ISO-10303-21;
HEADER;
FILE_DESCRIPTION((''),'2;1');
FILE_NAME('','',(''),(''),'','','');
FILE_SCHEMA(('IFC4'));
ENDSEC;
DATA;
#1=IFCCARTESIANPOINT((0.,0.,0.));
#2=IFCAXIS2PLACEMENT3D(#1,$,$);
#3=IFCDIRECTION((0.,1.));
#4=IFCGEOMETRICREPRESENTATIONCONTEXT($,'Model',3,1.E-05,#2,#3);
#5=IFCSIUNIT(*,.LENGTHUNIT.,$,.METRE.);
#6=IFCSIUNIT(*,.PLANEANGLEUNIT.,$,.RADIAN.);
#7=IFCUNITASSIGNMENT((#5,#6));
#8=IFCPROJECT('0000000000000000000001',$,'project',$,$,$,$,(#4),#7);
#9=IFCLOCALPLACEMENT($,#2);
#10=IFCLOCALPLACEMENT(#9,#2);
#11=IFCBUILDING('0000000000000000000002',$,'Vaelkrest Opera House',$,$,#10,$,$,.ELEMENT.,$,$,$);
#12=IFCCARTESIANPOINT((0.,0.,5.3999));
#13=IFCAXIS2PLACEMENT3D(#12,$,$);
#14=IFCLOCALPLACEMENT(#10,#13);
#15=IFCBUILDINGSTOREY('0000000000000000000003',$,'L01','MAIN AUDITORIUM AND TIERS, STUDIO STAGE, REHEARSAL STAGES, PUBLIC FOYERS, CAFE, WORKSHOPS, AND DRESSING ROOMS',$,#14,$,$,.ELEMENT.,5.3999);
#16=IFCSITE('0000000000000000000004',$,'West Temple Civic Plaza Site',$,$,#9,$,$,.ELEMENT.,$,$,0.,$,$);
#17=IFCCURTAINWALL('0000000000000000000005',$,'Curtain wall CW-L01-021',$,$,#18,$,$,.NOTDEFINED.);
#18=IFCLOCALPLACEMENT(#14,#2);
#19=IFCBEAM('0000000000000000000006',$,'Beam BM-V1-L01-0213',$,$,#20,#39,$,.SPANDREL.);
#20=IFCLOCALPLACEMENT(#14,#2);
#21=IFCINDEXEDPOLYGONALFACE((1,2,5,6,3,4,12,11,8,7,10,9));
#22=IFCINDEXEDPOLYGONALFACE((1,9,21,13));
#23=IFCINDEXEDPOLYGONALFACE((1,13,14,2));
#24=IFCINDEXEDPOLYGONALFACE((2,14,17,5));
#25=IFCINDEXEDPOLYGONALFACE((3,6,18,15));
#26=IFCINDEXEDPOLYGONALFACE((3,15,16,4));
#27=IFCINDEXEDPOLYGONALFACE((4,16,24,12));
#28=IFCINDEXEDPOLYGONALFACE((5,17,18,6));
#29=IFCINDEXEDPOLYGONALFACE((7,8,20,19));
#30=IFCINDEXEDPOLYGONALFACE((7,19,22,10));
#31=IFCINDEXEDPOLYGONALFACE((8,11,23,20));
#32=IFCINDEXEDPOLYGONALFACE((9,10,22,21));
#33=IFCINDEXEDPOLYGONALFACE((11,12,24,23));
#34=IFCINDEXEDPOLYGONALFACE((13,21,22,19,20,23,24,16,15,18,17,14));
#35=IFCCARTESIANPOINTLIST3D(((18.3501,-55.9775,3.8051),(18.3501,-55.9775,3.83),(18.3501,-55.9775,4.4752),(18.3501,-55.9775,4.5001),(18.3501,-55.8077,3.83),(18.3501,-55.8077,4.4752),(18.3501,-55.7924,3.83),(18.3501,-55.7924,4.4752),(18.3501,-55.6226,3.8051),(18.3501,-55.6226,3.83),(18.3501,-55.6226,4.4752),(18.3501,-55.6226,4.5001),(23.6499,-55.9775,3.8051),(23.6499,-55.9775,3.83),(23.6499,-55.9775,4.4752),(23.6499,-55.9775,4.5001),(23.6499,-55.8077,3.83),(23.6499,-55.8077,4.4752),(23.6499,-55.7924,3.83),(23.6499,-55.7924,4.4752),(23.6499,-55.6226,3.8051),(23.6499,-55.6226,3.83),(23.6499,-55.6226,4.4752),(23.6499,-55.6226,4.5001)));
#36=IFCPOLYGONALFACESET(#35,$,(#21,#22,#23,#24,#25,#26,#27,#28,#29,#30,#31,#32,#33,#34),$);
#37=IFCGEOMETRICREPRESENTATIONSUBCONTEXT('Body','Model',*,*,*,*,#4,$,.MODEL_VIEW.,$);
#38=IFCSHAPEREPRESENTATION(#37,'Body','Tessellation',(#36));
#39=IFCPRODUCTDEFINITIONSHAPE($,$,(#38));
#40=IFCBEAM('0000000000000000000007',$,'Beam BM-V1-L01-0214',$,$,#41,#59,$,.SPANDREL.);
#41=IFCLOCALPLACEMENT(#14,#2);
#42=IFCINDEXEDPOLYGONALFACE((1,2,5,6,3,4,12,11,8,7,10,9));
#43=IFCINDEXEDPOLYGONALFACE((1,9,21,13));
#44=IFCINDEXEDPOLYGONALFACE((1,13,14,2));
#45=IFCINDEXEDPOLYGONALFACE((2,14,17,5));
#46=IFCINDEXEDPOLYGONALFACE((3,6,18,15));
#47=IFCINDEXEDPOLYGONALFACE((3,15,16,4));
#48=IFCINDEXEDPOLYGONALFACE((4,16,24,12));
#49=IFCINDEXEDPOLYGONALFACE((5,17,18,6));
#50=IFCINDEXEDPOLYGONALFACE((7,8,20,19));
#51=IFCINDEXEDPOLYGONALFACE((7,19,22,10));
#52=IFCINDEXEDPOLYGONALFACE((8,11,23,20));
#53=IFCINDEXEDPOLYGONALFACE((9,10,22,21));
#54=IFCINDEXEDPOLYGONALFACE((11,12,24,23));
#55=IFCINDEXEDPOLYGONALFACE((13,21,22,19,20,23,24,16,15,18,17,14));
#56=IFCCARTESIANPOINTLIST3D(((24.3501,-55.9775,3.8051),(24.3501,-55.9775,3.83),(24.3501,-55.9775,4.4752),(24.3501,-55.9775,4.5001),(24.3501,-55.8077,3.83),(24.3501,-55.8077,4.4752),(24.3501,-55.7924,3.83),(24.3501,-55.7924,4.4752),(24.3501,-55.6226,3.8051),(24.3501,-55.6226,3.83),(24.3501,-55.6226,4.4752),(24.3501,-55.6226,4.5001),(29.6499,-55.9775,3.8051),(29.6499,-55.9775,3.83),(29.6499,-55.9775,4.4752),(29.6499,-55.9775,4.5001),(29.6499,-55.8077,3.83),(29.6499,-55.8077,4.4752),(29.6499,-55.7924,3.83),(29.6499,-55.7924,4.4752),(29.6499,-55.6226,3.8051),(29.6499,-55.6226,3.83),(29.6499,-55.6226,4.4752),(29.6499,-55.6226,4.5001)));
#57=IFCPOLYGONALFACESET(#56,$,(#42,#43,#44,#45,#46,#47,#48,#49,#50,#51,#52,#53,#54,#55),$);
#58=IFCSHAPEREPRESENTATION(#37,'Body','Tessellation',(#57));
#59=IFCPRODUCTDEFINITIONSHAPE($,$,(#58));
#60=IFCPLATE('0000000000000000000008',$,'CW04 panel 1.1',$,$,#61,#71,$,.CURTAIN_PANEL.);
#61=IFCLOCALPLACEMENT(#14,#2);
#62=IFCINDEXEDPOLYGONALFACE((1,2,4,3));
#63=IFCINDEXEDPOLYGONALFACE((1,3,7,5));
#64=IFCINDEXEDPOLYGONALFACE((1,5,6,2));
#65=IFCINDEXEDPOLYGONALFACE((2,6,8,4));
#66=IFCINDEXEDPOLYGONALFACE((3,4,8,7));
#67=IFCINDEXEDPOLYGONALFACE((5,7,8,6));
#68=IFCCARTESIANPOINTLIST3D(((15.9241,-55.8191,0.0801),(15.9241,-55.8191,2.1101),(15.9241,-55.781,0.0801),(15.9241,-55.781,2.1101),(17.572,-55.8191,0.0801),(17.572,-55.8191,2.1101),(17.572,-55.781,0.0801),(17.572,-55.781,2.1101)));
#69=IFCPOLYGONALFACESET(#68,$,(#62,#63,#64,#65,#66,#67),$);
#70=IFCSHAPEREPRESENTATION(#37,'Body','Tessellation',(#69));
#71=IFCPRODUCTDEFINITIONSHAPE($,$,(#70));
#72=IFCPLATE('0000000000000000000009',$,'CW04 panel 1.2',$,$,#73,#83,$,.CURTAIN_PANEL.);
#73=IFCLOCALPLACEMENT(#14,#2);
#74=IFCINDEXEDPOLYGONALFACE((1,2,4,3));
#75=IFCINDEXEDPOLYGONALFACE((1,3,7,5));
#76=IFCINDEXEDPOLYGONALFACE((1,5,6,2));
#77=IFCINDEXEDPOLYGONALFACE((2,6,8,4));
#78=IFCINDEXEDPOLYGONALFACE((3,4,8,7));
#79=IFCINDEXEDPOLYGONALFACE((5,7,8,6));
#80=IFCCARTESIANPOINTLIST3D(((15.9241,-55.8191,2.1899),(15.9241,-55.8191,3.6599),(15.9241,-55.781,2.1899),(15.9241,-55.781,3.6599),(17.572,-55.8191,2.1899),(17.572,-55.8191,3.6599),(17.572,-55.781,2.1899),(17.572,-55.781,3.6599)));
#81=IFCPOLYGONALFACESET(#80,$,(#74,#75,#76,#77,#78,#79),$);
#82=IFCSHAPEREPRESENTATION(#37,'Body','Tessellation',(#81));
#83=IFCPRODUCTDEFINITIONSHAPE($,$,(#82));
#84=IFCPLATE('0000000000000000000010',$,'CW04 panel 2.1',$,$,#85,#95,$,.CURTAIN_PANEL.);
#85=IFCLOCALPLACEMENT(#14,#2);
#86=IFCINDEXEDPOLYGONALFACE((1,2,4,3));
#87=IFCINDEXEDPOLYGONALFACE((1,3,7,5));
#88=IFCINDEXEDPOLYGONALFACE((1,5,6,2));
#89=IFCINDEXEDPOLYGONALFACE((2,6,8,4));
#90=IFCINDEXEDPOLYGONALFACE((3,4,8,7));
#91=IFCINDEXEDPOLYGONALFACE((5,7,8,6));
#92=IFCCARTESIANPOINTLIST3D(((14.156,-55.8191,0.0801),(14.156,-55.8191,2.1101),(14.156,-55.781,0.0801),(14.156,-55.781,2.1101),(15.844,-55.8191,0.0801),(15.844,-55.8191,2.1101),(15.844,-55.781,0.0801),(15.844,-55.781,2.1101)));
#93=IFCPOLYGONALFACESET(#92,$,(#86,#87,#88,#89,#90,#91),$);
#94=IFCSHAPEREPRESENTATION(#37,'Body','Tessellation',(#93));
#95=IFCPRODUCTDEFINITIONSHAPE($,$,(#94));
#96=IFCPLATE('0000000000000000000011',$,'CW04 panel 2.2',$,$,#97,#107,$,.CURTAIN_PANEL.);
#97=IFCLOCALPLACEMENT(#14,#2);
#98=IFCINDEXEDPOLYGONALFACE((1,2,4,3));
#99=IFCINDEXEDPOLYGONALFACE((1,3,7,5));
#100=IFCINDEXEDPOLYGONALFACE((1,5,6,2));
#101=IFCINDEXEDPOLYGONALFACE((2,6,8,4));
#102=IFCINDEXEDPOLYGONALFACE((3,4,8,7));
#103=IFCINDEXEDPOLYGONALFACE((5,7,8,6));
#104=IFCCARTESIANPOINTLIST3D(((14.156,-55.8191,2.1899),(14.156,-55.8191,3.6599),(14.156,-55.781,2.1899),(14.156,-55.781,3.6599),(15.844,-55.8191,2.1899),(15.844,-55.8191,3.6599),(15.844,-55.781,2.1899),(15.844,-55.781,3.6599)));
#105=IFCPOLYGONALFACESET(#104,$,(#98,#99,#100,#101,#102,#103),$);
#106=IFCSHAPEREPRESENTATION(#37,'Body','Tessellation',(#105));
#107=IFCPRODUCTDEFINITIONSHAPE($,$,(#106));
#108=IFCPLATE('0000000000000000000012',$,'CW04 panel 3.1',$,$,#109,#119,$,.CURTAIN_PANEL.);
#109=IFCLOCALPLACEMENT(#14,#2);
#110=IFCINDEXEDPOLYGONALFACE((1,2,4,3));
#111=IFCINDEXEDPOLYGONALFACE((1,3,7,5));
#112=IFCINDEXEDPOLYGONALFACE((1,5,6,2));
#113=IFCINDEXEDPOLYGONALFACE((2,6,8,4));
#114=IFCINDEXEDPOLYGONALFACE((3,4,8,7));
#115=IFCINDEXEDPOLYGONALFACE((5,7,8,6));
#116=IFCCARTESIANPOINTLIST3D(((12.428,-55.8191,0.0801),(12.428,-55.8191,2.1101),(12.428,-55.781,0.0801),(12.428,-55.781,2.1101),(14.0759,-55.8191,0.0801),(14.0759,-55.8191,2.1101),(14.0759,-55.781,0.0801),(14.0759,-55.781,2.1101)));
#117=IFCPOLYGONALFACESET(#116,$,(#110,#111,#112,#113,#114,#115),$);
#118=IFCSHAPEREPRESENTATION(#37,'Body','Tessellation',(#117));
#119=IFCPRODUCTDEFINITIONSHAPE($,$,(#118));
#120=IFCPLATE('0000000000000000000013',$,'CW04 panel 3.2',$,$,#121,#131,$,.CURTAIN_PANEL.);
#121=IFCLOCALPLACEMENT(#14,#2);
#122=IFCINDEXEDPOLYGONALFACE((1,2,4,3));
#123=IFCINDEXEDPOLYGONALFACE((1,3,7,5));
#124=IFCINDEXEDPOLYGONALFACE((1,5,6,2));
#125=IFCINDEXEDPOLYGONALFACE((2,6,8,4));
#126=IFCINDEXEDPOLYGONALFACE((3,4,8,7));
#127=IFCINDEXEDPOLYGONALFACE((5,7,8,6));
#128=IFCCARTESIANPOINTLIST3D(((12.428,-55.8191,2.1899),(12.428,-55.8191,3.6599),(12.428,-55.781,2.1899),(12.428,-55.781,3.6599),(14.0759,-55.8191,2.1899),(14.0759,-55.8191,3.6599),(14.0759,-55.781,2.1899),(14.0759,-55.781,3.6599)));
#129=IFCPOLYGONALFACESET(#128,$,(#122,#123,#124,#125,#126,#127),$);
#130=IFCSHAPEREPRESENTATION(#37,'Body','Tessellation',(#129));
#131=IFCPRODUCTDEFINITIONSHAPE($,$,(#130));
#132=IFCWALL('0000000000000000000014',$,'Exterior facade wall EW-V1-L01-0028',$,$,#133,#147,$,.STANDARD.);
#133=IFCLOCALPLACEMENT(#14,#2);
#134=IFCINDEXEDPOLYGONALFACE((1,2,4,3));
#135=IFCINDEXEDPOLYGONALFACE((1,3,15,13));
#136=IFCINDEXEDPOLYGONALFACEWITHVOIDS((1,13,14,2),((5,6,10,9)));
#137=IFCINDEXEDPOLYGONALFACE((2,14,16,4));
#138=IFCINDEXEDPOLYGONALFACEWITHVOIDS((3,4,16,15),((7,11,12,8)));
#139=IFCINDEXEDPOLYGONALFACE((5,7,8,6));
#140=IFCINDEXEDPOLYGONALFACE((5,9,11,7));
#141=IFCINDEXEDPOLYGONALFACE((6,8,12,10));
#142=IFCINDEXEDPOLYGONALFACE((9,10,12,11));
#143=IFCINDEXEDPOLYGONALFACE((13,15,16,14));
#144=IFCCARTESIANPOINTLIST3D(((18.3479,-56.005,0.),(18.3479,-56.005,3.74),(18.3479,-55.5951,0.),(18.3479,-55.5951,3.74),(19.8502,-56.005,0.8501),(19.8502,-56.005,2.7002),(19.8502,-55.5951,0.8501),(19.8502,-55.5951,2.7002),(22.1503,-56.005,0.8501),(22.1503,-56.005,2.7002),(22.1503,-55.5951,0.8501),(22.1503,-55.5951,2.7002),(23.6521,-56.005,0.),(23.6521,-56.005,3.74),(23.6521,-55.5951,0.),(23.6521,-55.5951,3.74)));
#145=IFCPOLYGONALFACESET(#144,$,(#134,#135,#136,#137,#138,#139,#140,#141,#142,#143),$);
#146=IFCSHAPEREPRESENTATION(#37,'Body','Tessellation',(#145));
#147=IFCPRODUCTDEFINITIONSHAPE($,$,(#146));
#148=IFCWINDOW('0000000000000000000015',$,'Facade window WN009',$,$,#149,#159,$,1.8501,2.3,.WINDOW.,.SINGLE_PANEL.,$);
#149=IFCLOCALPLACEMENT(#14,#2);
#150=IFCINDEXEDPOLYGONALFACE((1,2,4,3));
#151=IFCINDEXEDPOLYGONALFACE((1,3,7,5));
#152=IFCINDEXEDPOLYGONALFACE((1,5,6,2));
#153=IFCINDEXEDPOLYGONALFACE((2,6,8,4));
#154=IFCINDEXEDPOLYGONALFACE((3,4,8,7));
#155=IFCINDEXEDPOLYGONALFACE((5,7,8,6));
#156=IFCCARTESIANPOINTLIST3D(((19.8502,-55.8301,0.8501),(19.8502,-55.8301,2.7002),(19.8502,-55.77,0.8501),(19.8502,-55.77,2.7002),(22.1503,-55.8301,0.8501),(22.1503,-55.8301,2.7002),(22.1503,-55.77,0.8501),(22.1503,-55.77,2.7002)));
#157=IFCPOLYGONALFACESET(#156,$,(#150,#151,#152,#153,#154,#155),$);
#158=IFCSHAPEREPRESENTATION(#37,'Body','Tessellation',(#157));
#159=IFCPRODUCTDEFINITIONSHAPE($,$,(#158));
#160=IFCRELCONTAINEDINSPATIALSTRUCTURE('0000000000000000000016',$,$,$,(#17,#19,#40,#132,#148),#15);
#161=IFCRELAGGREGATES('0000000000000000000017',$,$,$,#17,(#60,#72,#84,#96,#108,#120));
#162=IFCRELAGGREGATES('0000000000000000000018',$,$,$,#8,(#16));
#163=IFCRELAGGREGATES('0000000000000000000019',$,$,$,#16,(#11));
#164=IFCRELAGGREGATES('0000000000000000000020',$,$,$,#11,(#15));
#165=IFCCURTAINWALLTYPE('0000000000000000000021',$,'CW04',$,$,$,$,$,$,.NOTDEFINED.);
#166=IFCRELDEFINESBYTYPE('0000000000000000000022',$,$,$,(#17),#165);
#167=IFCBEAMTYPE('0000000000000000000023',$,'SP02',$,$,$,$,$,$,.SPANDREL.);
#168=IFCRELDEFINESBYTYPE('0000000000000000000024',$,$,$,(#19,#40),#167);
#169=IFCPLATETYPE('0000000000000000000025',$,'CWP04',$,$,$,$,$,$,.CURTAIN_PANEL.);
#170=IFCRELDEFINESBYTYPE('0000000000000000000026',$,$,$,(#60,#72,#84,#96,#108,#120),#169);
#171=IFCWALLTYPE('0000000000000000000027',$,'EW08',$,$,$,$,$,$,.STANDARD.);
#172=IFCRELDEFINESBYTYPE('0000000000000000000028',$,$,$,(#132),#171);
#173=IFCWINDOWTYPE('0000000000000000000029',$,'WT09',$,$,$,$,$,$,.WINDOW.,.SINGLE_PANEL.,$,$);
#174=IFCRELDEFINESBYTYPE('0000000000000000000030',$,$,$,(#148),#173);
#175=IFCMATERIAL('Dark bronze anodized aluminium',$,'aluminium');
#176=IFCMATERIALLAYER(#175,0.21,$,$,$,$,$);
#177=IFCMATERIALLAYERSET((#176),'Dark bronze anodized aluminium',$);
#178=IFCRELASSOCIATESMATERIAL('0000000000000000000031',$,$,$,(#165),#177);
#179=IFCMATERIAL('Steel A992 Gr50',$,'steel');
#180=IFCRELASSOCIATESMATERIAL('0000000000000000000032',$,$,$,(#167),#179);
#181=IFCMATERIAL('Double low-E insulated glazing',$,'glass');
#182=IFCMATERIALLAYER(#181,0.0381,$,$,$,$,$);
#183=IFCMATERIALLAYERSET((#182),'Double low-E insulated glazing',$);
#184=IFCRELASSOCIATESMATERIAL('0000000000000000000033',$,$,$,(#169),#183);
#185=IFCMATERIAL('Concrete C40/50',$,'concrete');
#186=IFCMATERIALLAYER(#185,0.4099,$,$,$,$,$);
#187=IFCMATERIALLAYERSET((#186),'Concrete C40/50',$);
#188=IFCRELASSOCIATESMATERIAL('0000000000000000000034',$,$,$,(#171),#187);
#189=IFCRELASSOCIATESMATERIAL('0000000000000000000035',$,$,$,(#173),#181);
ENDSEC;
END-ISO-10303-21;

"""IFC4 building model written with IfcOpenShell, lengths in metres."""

from ifc_helpers import new_model, si_unit, direction, frame, frame_2d, origin, origin_2d, place, context, subcontext, project, spatial, rectangle, i_section, extrude, material, layer, layer_set, material_profile, profile_set, type_object, element, fill, aggregate, save


model = new_model("IFC4")

# Units and contexts
model_context = context("Model", 3, precision=1e-05, world=origin(), true_north=direction((0.0, 1.0)))
body_context = subcontext(model_context, "Body", "Model", "MODEL_VIEW")
ifc_project = project(units=[si_unit("LENGTHUNIT", "METRE"), si_unit("PLANEANGLEUNIT", "RADIAN")], contexts=[model_context])

# Site, building, storey
site_placement = place(None, origin())
site = spatial("IfcSite", under=ifc_project, at=site_placement, Name="West Temple Civic Plaza Site", CompositionType="ELEMENT", RefElevation=0.0)
building_placement = place(site_placement, origin())
building = spatial("IfcBuilding", under=site, at=building_placement, Name="Vaelkrest Opera House", CompositionType="ELEMENT")
storey_placement = place(building_placement, frame((0.0, 0.0, 5.3999)))
storey = spatial("IfcBuildingStorey", under=building, at=storey_placement, Name="L01", Description="MAIN AUDITORIUM AND TIERS, STUDIO STAGE, REHEARSAL STAGES, PUBLIC FOYERS, CAFE, WORKSHOPS, AND DRESSING ROOMS", CompositionType="ELEMENT", Elevation=5.3999)

# Shared definitions
ifc_material_1 = material(Name="Steel A992 Gr50", Category="steel")

# Shared definitions
ifc_material_2 = material(Name="Dark bronze anodized aluminium", Category="aluminium")

# Curtain wall
ifc_layer_1 = layer(ifc_material_2, 0.21)
ifc_layer_set_1 = layer_set([ifc_layer_1], Name="Dark bronze anodized aluminium")
curtain_wall_type_1 = type_object("IfcCurtainWallType", Name="CW04", PredefinedType="NOTDEFINED", material=ifc_layer_set_1)
curtain_wall_1_placement = place(storey_placement, origin())
curtain_wall_1 = element("IfcCurtainWall", 1, at=curtain_wall_1_placement, inside=storey, type_object=curtain_wall_type_1, Name="Curtain wall CW-L01-021", PredefinedType="NOTDEFINED")

# Beams
ifc_material_profile_1 = material_profile(ifc_material_1, i_section(OverallWidth=0.355, OverallDepth=0.6951, WebThickness=0.0154, FlangeThickness=0.0249, at=origin_2d()), Name="W27X146")
ifc_profile_set_1 = profile_set([ifc_material_profile_1], Name="Steel A992 Gr50")
beam_type_1 = type_object("IfcBeamType", Name="SP02", PredefinedType="SPANDREL", material=ifc_profile_set_1)
for number, where, z_axis, x_axis, name in (
    (2, (18.3501, -55.8, 4.1526), (1.0, 0.0, 0.0), (0.0, 1.0, 0.0), "Beam BM-V1-L01-0213"),
    (3, (24.3501, -55.8, 4.1526), (1.0, 0.0, 0.0), (0.0, 1.0, 0.0), "Beam BM-V1-L01-0214"),
):
    element("IfcBeam", number, at=place(storey_placement, frame(where, z_axis=z_axis, x_axis=x_axis)), inside=storey, type_object=beam_type_1, Name=name, PredefinedType="SPANDREL", context=body_context, shape_type="SweptSolid", body=[
        extrude(i_section(OverallWidth=0.355, OverallDepth=0.6951, WebThickness=0.0154, FlangeThickness=0.0249, at=origin_2d()), origin(), (0.0, 0.0, 1.0), 5.2998),
    ])

# Plates
ifc_material_3 = material(Name="Double low-E insulated glazing", Category="glass")
ifc_layer_2 = layer(ifc_material_3, 0.0381)
ifc_layer_set_2 = layer_set([ifc_layer_2], Name="Double low-E insulated glazing")
plate_type = type_object("IfcPlateType", Name="CWP04", PredefinedType="CURTAIN_PANEL", material=ifc_layer_set_2)
plate_1_placement = place(storey_placement, frame((16.748, -55.8, 0.0801), z_axis=(0.0, 0.0, 1.0), x_axis=(-1.0, 0.0, 0.0)))
plate_1 = element("IfcPlate", 4, at=plate_1_placement, type_object=plate_type, Name="CW04 panel 1.1", PredefinedType="CURTAIN_PANEL", context=body_context, shape_type="SweptSolid", body=[
    extrude(rectangle(XDim=1.6479, YDim=0.0381, at=origin_2d()), origin(), (0.0, 0.0, 1.0), 2.03),
])
plate_2_placement = place(storey_placement, frame((16.748, -55.8, 2.1899), z_axis=(0.0, 0.0, 1.0), x_axis=(-1.0, 0.0, 0.0)))
plate_2 = element("IfcPlate", 5, at=plate_2_placement, type_object=plate_type, Name="CW04 panel 1.2", PredefinedType="CURTAIN_PANEL", context=body_context, shape_type="SweptSolid", body=[
    extrude(rectangle(XDim=1.6479, YDim=0.0381, at=origin_2d()), origin(), (0.0, 0.0, 1.0), 1.47),
])
plate_3_placement = place(storey_placement, frame((15.0, -55.8, 0.0801), z_axis=(0.0, 0.0, 1.0), x_axis=(-1.0, 0.0, 0.0)))
plate_3 = element("IfcPlate", 6, at=plate_3_placement, type_object=plate_type, Name="CW04 panel 2.1", PredefinedType="CURTAIN_PANEL", context=body_context, shape_type="SweptSolid", body=[
    extrude(rectangle(XDim=1.688, YDim=0.0381, at=origin_2d()), origin(), (0.0, 0.0, 1.0), 2.03),
])
plate_4_placement = place(storey_placement, frame((15.0, -55.8, 2.1899), z_axis=(0.0, 0.0, 1.0), x_axis=(-1.0, 0.0, 0.0)))
plate_4 = element("IfcPlate", 7, at=plate_4_placement, type_object=plate_type, Name="CW04 panel 2.2", PredefinedType="CURTAIN_PANEL", context=body_context, shape_type="SweptSolid", body=[
    extrude(rectangle(XDim=1.688, YDim=0.0381, at=origin_2d()), origin(), (0.0, 0.0, 1.0), 1.47),
])
plate_5_placement = place(storey_placement, frame((13.252, -55.8, 0.0801), z_axis=(0.0, 0.0, 1.0), x_axis=(-1.0, 0.0, 0.0)))
plate_5 = element("IfcPlate", 8, at=plate_5_placement, type_object=plate_type, Name="CW04 panel 3.1", PredefinedType="CURTAIN_PANEL", context=body_context, shape_type="SweptSolid", body=[
    extrude(rectangle(XDim=1.6479, YDim=0.0381, at=origin_2d()), origin(), (0.0, 0.0, 1.0), 2.03),
])
plate_6_placement = place(storey_placement, frame((13.252, -55.8, 2.1899), z_axis=(0.0, 0.0, 1.0), x_axis=(-1.0, 0.0, 0.0)))
plate_6 = element("IfcPlate", 9, at=plate_6_placement, type_object=plate_type, Name="CW04 panel 3.2", PredefinedType="CURTAIN_PANEL", context=body_context, shape_type="SweptSolid", body=[
    extrude(rectangle(XDim=1.6479, YDim=0.0381, at=origin_2d()), origin(), (0.0, 0.0, 1.0), 1.47),
])
aggregate(curtain_wall_1, [plate_1, plate_2, plate_3, plate_4, plate_5, plate_6])

# Wall, opening, window
ifc_material_4 = material(Name="Concrete C40/50", Category="concrete")
ifc_layer_3 = layer(ifc_material_4, 0.4099)
ifc_layer_set_3 = layer_set([ifc_layer_3], Name="Concrete C40/50")
wall_type = type_object("IfcWallType", Name="EW08", PredefinedType="STANDARD", material=ifc_layer_set_3)
wall_placement = place(storey_placement, frame((23.6521, -55.8, 0.0), z_axis=(0.0, 0.0, 1.0), x_axis=(-1.0, 0.0, 0.0)))
wall = element("IfcWall", 10, at=wall_placement, inside=storey, type_object=wall_type, Name="Exterior facade wall EW-V1-L01-0028", PredefinedType="STANDARD", context=body_context, shape_type="SweptSolid", body=[
    extrude(rectangle(XDim=5.3042, YDim=0.4099, at=frame_2d((2.6521, 0.0))), origin(), (0.0, 0.0, 1.0), 3.74),
])
opening_placement = place(wall_placement, frame((1.502, 0.0, 0.8501)))
opening = element("IfcOpeningElement", 11, at=opening_placement, cuts=wall, PredefinedType="OPENING", context=body_context, shape_type="SweptSolid", body=[
    extrude(rectangle(XDim=2.3, YDim=1.8501, at=frame_2d((1.1499, 0.925))), frame((0.0, 0.2148, 0.0), z_axis=(0.0, -1.0, 0.0), x_axis=(1.0, 0.0, 0.0)), (0.0, 0.0, 1.0), 0.4299),
])
window_type = type_object("IfcWindowType", Name="WT09", PartitioningType="SINGLE_PANEL", PredefinedType="WINDOW", material=ifc_material_3)
window_placement = place(opening_placement, origin())
window = element("IfcWindow", 12, at=window_placement, inside=storey, type_object=window_type, Name="Facade window WN009", OverallHeight=1.8501, OverallWidth=2.3, PartitioningType="SINGLE_PANEL", PredefinedType="WINDOW", context=body_context, shape_type="SweptSolid", body=[
    extrude(rectangle(XDim=2.3, YDim=1.8501, at=frame_2d((1.1499, 0.925))), frame((0.0, 0.03, 0.0), z_axis=(0.0, -1.0, 0.0), x_axis=(1.0, 0.0, 0.0)), (0.0, 0.0, 1.0), 0.0601),
])
fill(opening, window)

save(model, "model.ifc")
